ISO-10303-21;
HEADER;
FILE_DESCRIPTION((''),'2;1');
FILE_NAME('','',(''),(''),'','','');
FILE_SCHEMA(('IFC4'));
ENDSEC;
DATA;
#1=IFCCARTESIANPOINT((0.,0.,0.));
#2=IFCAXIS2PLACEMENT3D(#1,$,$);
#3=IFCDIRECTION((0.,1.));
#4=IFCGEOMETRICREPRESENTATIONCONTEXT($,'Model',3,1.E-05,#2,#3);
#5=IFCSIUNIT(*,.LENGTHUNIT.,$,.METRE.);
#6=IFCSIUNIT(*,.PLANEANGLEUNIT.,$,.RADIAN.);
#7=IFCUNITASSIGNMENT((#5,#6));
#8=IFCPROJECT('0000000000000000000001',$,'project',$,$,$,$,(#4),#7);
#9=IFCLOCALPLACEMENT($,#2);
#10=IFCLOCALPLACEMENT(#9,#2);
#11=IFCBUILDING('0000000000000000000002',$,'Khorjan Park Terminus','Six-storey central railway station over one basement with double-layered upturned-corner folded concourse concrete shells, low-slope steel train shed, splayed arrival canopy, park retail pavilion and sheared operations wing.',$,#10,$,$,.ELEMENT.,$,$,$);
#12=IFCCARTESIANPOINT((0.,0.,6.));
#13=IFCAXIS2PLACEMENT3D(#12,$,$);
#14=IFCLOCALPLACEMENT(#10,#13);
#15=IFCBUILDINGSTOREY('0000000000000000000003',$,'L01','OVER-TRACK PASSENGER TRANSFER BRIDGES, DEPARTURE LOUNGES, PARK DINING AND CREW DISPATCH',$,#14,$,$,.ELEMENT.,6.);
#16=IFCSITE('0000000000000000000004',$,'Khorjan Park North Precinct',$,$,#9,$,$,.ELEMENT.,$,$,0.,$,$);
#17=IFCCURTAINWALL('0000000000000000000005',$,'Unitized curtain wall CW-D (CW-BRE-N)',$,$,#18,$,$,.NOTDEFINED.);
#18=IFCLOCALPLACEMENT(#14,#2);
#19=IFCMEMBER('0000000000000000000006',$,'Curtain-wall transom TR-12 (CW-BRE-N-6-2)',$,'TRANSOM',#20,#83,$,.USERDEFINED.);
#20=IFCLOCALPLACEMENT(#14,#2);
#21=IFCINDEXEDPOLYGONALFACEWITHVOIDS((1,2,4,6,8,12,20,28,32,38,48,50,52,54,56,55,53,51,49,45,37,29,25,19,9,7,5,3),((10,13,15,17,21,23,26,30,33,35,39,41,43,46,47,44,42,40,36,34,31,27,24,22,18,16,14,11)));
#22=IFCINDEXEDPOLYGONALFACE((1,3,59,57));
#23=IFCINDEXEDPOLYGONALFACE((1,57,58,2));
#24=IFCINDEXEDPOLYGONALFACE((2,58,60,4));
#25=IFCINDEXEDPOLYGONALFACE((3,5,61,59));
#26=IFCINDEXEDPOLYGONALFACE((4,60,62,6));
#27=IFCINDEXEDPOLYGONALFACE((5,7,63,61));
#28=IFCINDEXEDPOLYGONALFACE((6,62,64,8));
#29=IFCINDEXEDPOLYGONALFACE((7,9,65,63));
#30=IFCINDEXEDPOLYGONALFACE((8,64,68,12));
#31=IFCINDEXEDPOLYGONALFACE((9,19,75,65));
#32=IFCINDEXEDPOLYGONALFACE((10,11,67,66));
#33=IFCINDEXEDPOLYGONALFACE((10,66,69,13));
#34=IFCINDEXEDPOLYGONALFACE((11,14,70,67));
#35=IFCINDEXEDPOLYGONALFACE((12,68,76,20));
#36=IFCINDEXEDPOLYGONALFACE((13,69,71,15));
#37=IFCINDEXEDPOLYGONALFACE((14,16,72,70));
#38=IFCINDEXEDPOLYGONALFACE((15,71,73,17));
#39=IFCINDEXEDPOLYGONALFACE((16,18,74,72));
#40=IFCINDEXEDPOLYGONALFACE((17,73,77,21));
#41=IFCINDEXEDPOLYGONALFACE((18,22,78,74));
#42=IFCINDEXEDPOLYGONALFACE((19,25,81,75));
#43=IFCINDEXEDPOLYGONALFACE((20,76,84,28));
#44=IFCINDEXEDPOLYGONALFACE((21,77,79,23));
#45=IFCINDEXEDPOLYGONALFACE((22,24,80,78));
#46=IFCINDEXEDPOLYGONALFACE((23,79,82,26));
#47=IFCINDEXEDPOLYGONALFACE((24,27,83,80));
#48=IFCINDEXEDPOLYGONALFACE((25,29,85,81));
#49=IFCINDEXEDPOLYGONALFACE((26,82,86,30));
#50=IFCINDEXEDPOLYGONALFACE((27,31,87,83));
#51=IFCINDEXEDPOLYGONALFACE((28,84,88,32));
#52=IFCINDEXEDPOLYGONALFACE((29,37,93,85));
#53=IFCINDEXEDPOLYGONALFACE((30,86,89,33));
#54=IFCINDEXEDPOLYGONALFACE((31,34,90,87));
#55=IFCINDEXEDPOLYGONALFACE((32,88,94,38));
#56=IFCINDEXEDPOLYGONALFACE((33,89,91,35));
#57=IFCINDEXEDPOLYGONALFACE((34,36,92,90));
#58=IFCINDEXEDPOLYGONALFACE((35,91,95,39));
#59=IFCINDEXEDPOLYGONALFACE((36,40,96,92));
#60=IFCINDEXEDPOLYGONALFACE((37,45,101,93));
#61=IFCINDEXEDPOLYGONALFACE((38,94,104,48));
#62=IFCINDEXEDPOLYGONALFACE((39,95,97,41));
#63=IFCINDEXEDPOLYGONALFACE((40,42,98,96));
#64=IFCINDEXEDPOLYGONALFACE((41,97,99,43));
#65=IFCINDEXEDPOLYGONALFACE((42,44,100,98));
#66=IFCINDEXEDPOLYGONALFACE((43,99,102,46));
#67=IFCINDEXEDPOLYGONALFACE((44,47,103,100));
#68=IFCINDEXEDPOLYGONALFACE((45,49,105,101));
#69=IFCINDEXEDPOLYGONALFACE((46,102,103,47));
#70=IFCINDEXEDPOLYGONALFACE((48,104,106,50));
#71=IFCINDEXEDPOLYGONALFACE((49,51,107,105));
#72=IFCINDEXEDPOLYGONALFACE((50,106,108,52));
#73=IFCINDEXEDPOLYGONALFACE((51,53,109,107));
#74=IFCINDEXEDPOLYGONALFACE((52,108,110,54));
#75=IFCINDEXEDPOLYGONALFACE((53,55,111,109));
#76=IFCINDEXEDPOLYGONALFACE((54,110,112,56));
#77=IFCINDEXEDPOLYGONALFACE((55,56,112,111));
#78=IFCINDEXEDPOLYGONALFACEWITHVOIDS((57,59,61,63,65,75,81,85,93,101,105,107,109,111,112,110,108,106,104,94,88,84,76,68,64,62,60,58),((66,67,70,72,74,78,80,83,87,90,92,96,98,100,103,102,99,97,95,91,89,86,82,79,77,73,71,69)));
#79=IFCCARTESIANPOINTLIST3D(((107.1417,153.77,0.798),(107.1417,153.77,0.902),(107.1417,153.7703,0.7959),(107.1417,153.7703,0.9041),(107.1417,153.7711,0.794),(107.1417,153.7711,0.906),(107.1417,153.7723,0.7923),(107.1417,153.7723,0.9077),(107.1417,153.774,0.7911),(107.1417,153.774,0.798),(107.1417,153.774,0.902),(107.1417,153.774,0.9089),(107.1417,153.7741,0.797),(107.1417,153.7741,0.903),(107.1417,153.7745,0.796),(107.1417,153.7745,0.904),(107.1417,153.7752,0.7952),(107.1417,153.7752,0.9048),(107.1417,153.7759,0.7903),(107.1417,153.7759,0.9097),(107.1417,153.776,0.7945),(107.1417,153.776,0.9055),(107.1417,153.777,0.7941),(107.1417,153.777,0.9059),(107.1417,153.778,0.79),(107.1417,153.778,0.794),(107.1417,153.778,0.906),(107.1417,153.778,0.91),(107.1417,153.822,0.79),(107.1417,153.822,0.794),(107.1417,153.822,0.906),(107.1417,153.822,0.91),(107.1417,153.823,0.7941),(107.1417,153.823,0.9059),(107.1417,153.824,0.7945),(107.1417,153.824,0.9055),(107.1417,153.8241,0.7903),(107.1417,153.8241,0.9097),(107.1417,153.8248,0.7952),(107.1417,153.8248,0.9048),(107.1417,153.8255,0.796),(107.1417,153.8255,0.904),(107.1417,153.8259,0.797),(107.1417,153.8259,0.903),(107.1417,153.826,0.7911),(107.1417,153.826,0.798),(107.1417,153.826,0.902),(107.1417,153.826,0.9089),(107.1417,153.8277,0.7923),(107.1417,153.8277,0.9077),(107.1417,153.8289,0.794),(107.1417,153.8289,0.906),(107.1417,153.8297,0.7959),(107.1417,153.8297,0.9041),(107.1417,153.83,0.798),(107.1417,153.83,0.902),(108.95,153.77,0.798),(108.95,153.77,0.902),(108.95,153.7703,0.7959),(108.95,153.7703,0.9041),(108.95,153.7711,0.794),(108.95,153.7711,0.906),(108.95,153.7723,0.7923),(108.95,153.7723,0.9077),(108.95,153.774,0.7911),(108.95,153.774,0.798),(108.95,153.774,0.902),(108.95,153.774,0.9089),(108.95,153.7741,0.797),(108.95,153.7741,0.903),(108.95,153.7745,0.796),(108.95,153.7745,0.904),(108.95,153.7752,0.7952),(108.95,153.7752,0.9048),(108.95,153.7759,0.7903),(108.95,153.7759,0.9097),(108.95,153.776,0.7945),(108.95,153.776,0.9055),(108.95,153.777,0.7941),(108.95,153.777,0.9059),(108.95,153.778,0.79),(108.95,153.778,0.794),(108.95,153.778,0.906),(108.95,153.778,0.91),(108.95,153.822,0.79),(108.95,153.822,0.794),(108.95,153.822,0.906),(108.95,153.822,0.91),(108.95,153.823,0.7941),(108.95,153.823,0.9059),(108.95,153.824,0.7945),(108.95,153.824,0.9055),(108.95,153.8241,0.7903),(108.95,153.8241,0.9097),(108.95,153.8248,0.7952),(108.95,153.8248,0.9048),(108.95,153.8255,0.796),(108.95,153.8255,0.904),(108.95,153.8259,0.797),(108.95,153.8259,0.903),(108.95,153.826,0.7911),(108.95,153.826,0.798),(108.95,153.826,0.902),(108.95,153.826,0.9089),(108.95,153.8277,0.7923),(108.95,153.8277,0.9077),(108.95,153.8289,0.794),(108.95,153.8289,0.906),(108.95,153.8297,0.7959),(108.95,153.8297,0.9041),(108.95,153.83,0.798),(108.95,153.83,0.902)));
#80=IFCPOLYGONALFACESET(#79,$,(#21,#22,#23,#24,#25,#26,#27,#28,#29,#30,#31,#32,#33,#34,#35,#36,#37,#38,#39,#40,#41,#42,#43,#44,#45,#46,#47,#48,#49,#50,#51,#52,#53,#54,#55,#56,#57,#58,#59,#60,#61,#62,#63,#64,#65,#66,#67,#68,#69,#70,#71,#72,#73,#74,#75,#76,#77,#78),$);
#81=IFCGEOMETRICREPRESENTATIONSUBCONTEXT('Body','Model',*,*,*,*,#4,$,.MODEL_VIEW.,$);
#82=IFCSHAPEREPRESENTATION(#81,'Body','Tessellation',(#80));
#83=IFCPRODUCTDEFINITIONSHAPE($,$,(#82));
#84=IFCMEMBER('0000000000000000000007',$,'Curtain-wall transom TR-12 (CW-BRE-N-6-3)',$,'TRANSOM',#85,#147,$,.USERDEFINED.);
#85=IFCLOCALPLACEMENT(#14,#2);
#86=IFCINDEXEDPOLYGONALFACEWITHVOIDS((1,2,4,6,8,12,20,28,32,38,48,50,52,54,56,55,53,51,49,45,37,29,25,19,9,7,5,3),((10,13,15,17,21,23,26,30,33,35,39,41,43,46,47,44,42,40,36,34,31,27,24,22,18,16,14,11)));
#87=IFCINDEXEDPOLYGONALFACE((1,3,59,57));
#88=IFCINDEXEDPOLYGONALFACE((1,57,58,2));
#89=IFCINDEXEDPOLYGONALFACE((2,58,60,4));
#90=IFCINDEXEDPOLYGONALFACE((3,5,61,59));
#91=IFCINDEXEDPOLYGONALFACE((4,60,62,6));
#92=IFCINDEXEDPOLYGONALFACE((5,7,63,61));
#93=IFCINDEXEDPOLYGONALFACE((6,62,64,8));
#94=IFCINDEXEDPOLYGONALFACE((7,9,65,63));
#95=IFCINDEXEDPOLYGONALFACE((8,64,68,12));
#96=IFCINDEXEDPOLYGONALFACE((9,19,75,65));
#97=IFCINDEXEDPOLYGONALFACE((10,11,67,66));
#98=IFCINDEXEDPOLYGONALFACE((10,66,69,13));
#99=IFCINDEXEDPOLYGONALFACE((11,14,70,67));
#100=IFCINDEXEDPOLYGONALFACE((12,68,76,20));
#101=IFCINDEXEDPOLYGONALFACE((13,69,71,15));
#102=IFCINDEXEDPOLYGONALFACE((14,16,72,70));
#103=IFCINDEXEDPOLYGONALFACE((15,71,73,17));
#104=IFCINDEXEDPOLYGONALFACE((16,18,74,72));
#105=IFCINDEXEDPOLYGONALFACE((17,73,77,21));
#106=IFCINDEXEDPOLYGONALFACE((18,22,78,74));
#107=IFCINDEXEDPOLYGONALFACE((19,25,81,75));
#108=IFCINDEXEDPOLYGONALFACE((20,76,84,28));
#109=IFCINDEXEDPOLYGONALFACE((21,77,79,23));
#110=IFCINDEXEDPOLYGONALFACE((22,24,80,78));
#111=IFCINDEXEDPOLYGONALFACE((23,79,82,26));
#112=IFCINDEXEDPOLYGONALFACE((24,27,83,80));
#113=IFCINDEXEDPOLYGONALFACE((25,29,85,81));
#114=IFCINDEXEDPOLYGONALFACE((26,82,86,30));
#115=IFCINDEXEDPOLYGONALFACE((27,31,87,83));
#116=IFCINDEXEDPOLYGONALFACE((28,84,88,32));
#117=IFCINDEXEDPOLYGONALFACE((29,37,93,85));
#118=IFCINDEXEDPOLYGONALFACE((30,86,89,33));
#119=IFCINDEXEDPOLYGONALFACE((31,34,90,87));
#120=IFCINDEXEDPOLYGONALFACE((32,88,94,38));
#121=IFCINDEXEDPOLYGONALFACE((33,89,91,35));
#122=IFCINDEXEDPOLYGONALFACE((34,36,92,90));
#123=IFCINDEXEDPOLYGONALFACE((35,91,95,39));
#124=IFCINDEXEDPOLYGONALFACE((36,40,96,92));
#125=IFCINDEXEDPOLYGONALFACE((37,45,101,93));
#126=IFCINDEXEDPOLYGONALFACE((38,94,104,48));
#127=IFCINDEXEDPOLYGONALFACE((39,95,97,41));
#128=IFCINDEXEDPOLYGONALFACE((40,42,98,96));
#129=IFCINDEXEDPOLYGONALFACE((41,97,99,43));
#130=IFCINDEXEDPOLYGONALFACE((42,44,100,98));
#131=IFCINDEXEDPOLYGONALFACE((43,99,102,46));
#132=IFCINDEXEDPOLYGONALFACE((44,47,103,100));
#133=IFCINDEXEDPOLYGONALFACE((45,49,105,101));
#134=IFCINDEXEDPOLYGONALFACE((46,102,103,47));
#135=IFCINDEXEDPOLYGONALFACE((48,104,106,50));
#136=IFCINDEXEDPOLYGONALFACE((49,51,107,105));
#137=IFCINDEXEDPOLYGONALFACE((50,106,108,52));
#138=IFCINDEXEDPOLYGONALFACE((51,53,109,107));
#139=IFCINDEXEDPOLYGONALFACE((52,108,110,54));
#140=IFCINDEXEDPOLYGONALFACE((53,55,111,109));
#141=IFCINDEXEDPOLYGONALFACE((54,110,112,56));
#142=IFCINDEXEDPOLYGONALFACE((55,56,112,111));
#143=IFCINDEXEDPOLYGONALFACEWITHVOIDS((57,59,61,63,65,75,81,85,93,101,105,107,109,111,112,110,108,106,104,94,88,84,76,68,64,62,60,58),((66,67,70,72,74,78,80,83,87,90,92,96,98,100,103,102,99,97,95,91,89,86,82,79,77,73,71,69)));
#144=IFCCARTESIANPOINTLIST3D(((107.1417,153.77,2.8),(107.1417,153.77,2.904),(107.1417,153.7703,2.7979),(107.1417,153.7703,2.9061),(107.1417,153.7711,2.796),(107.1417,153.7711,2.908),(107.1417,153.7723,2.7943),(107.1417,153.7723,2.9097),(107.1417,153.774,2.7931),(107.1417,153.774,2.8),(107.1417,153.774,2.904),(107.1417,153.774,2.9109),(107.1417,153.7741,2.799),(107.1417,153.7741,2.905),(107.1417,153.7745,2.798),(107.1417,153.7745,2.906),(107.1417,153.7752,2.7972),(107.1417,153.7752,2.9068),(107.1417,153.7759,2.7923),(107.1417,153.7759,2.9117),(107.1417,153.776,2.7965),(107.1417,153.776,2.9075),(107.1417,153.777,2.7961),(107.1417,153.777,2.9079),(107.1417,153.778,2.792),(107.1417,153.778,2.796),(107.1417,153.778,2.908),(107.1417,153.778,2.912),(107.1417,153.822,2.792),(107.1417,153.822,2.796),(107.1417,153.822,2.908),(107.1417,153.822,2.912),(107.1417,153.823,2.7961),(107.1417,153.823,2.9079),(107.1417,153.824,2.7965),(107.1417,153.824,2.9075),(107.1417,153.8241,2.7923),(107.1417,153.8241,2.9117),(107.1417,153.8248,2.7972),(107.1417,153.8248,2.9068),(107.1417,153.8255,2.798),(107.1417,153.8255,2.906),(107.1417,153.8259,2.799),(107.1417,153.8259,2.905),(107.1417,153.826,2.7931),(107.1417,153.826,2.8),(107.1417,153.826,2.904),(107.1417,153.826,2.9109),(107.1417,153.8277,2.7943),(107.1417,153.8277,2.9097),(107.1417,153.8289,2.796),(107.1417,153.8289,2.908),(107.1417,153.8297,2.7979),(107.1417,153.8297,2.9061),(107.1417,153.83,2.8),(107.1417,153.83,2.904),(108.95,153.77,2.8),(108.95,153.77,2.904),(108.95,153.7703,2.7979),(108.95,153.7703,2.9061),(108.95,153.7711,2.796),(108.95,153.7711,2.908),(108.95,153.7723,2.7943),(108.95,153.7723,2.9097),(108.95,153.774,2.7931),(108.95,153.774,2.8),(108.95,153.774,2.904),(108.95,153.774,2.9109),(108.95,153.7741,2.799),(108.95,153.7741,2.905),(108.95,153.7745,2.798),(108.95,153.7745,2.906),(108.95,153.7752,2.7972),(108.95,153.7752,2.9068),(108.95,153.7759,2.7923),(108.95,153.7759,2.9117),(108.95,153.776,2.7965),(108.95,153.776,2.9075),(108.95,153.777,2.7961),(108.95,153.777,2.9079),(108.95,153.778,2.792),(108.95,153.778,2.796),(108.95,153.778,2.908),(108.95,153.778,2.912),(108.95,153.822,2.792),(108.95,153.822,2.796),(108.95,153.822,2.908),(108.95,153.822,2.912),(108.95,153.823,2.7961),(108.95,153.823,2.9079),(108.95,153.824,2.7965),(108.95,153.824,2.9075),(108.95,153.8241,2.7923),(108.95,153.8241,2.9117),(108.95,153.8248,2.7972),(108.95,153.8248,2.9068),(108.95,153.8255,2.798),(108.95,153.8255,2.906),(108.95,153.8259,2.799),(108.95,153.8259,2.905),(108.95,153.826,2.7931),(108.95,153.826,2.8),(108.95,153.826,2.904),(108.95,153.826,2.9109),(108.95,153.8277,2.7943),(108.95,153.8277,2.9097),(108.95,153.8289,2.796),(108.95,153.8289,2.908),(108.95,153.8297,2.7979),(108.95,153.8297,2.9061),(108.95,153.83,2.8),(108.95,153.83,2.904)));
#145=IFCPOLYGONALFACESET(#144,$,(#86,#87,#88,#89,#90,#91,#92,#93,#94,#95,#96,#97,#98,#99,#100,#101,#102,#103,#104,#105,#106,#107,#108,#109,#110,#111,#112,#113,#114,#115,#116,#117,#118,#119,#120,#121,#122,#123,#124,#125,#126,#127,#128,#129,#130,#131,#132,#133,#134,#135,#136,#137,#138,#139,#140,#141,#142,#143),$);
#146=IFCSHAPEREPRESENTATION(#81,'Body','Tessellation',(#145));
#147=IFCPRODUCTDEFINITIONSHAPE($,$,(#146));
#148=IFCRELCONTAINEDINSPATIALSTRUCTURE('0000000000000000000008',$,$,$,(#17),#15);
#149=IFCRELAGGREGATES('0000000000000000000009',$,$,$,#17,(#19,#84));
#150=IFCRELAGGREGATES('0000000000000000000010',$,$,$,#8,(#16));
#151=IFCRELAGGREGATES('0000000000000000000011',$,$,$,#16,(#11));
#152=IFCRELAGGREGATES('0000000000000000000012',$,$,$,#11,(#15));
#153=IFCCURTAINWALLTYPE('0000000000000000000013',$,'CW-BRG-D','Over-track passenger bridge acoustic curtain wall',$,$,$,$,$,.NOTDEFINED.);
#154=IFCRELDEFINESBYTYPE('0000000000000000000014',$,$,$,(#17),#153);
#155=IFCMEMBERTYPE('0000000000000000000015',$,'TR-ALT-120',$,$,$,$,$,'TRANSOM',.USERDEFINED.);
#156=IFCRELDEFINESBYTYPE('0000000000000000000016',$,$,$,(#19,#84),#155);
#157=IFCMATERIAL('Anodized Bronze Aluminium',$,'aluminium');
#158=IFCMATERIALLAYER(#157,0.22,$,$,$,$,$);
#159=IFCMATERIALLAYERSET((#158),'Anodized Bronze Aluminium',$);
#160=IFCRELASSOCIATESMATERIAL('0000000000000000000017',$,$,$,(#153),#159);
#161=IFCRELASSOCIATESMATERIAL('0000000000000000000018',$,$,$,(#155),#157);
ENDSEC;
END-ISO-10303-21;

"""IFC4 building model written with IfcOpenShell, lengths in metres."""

from ifc_helpers import new_model, si_unit, direction, frame, origin, origin_2d, place, context, subcontext, project, spatial, hollow_rectangle, extrude, material, layer, layer_set, material_profile, profile_set, type_object, element, aggregate, save


model = new_model("IFC4")

# Units and contexts
model_context = context("Model", 3, precision=1e-05, world=origin(), true_north=direction((0.0, 1.0)))
body_context = subcontext(model_context, "Body", "Model", "MODEL_VIEW")
ifc_project = project(units=[si_unit("LENGTHUNIT", "METRE"), si_unit("PLANEANGLEUNIT", "RADIAN")], contexts=[model_context])

# Site, building, storey
site_placement = place(None, origin())
site = spatial("IfcSite", under=ifc_project, at=site_placement, Name="Khorjan Park North Precinct", CompositionType="ELEMENT", RefElevation=0.0)
building_placement = place(site_placement, origin())
building = spatial("IfcBuilding", under=site, at=building_placement, Name="Khorjan Park Terminus", Description="Six-storey central railway station over one basement with double-layered upturned-corner folded concourse concrete shells, low-slope steel train shed, splayed arrival canopy, park retail pavilion and sheared operations wing.", CompositionType="ELEMENT")
storey_placement = place(building_placement, frame((0.0, 0.0, 6.0)))
storey = spatial("IfcBuildingStorey", under=building, at=storey_placement, Name="L01", Description="OVER-TRACK PASSENGER TRANSFER BRIDGES, DEPARTURE LOUNGES, PARK DINING AND CREW DISPATCH", CompositionType="ELEMENT", Elevation=6.0)

# Curtain wall, members
ifc_material_1 = material(Name="Anodized Bronze Aluminium", Category="aluminium")
ifc_layer_1 = layer(ifc_material_1, 0.22)
ifc_layer_set_1 = layer_set([ifc_layer_1], Name="Anodized Bronze Aluminium")
curtain_wall_type = type_object("IfcCurtainWallType", Name="CW-BRG-D", Description="Over-track passenger bridge acoustic curtain wall", PredefinedType="NOTDEFINED", material=ifc_layer_set_1)
curtain_wall_placement = place(storey_placement, origin())
curtain_wall = element("IfcCurtainWall", 1, at=curtain_wall_placement, inside=storey, type_object=curtain_wall_type, Name="Unitized curtain wall CW-D (CW-BRE-N)", PredefinedType="NOTDEFINED")
ifc_material_profile_1 = material_profile(ifc_material_1, hollow_rectangle(XDim=0.06, YDim=0.12, WallThickness=0.004, InnerFilletRadius=0.004, OuterFilletRadius=0.008, at=origin_2d()), Name="ALT 60x120x4")
ifc_profile_set_1 = profile_set([ifc_material_profile_1], Name="Anodized Bronze Aluminium")
member_type_1 = type_object("IfcMemberType", Name="TR-ALT-120", ElementType="TRANSOM", PredefinedType="USERDEFINED", material=ifc_profile_set_1)
member_1_placement = place(storey_placement, frame((108.95, 153.8, 0.85), z_axis=(-1.0, 0.0, 0.0), x_axis=(0.0, -1.0, 0.0)))
member_1 = element("IfcMember", 2, at=member_1_placement, type_object=member_type_1, Name="Curtain-wall transom TR-12 (CW-BRE-N-6-2)", ObjectType="TRANSOM", PredefinedType="USERDEFINED", context=body_context, shape_type="SweptSolid", body=[
    extrude(hollow_rectangle(XDim=0.06, YDim=0.12, WallThickness=0.004, InnerFilletRadius=0.004, OuterFilletRadius=0.008, at=origin_2d()), origin(), (0.0, 0.0, 1.0), 1.8083),
])
member_2_placement = place(storey_placement, frame((108.95, 153.8, 2.852), z_axis=(-1.0, 0.0, 0.0), x_axis=(0.0, -1.0, 0.0)))
member_2 = element("IfcMember", 3, at=member_2_placement, type_object=member_type_1, Name="Curtain-wall transom TR-12 (CW-BRE-N-6-3)", ObjectType="TRANSOM", PredefinedType="USERDEFINED", context=body_context, shape_type="SweptSolid", body=[
    extrude(hollow_rectangle(XDim=0.06, YDim=0.12, WallThickness=0.004, InnerFilletRadius=0.004, OuterFilletRadius=0.008, at=origin_2d()), origin(), (0.0, 0.0, 1.0), 1.8083),
])
aggregate(curtain_wall, [member_1, member_2])

save(model, "model.ifc")
